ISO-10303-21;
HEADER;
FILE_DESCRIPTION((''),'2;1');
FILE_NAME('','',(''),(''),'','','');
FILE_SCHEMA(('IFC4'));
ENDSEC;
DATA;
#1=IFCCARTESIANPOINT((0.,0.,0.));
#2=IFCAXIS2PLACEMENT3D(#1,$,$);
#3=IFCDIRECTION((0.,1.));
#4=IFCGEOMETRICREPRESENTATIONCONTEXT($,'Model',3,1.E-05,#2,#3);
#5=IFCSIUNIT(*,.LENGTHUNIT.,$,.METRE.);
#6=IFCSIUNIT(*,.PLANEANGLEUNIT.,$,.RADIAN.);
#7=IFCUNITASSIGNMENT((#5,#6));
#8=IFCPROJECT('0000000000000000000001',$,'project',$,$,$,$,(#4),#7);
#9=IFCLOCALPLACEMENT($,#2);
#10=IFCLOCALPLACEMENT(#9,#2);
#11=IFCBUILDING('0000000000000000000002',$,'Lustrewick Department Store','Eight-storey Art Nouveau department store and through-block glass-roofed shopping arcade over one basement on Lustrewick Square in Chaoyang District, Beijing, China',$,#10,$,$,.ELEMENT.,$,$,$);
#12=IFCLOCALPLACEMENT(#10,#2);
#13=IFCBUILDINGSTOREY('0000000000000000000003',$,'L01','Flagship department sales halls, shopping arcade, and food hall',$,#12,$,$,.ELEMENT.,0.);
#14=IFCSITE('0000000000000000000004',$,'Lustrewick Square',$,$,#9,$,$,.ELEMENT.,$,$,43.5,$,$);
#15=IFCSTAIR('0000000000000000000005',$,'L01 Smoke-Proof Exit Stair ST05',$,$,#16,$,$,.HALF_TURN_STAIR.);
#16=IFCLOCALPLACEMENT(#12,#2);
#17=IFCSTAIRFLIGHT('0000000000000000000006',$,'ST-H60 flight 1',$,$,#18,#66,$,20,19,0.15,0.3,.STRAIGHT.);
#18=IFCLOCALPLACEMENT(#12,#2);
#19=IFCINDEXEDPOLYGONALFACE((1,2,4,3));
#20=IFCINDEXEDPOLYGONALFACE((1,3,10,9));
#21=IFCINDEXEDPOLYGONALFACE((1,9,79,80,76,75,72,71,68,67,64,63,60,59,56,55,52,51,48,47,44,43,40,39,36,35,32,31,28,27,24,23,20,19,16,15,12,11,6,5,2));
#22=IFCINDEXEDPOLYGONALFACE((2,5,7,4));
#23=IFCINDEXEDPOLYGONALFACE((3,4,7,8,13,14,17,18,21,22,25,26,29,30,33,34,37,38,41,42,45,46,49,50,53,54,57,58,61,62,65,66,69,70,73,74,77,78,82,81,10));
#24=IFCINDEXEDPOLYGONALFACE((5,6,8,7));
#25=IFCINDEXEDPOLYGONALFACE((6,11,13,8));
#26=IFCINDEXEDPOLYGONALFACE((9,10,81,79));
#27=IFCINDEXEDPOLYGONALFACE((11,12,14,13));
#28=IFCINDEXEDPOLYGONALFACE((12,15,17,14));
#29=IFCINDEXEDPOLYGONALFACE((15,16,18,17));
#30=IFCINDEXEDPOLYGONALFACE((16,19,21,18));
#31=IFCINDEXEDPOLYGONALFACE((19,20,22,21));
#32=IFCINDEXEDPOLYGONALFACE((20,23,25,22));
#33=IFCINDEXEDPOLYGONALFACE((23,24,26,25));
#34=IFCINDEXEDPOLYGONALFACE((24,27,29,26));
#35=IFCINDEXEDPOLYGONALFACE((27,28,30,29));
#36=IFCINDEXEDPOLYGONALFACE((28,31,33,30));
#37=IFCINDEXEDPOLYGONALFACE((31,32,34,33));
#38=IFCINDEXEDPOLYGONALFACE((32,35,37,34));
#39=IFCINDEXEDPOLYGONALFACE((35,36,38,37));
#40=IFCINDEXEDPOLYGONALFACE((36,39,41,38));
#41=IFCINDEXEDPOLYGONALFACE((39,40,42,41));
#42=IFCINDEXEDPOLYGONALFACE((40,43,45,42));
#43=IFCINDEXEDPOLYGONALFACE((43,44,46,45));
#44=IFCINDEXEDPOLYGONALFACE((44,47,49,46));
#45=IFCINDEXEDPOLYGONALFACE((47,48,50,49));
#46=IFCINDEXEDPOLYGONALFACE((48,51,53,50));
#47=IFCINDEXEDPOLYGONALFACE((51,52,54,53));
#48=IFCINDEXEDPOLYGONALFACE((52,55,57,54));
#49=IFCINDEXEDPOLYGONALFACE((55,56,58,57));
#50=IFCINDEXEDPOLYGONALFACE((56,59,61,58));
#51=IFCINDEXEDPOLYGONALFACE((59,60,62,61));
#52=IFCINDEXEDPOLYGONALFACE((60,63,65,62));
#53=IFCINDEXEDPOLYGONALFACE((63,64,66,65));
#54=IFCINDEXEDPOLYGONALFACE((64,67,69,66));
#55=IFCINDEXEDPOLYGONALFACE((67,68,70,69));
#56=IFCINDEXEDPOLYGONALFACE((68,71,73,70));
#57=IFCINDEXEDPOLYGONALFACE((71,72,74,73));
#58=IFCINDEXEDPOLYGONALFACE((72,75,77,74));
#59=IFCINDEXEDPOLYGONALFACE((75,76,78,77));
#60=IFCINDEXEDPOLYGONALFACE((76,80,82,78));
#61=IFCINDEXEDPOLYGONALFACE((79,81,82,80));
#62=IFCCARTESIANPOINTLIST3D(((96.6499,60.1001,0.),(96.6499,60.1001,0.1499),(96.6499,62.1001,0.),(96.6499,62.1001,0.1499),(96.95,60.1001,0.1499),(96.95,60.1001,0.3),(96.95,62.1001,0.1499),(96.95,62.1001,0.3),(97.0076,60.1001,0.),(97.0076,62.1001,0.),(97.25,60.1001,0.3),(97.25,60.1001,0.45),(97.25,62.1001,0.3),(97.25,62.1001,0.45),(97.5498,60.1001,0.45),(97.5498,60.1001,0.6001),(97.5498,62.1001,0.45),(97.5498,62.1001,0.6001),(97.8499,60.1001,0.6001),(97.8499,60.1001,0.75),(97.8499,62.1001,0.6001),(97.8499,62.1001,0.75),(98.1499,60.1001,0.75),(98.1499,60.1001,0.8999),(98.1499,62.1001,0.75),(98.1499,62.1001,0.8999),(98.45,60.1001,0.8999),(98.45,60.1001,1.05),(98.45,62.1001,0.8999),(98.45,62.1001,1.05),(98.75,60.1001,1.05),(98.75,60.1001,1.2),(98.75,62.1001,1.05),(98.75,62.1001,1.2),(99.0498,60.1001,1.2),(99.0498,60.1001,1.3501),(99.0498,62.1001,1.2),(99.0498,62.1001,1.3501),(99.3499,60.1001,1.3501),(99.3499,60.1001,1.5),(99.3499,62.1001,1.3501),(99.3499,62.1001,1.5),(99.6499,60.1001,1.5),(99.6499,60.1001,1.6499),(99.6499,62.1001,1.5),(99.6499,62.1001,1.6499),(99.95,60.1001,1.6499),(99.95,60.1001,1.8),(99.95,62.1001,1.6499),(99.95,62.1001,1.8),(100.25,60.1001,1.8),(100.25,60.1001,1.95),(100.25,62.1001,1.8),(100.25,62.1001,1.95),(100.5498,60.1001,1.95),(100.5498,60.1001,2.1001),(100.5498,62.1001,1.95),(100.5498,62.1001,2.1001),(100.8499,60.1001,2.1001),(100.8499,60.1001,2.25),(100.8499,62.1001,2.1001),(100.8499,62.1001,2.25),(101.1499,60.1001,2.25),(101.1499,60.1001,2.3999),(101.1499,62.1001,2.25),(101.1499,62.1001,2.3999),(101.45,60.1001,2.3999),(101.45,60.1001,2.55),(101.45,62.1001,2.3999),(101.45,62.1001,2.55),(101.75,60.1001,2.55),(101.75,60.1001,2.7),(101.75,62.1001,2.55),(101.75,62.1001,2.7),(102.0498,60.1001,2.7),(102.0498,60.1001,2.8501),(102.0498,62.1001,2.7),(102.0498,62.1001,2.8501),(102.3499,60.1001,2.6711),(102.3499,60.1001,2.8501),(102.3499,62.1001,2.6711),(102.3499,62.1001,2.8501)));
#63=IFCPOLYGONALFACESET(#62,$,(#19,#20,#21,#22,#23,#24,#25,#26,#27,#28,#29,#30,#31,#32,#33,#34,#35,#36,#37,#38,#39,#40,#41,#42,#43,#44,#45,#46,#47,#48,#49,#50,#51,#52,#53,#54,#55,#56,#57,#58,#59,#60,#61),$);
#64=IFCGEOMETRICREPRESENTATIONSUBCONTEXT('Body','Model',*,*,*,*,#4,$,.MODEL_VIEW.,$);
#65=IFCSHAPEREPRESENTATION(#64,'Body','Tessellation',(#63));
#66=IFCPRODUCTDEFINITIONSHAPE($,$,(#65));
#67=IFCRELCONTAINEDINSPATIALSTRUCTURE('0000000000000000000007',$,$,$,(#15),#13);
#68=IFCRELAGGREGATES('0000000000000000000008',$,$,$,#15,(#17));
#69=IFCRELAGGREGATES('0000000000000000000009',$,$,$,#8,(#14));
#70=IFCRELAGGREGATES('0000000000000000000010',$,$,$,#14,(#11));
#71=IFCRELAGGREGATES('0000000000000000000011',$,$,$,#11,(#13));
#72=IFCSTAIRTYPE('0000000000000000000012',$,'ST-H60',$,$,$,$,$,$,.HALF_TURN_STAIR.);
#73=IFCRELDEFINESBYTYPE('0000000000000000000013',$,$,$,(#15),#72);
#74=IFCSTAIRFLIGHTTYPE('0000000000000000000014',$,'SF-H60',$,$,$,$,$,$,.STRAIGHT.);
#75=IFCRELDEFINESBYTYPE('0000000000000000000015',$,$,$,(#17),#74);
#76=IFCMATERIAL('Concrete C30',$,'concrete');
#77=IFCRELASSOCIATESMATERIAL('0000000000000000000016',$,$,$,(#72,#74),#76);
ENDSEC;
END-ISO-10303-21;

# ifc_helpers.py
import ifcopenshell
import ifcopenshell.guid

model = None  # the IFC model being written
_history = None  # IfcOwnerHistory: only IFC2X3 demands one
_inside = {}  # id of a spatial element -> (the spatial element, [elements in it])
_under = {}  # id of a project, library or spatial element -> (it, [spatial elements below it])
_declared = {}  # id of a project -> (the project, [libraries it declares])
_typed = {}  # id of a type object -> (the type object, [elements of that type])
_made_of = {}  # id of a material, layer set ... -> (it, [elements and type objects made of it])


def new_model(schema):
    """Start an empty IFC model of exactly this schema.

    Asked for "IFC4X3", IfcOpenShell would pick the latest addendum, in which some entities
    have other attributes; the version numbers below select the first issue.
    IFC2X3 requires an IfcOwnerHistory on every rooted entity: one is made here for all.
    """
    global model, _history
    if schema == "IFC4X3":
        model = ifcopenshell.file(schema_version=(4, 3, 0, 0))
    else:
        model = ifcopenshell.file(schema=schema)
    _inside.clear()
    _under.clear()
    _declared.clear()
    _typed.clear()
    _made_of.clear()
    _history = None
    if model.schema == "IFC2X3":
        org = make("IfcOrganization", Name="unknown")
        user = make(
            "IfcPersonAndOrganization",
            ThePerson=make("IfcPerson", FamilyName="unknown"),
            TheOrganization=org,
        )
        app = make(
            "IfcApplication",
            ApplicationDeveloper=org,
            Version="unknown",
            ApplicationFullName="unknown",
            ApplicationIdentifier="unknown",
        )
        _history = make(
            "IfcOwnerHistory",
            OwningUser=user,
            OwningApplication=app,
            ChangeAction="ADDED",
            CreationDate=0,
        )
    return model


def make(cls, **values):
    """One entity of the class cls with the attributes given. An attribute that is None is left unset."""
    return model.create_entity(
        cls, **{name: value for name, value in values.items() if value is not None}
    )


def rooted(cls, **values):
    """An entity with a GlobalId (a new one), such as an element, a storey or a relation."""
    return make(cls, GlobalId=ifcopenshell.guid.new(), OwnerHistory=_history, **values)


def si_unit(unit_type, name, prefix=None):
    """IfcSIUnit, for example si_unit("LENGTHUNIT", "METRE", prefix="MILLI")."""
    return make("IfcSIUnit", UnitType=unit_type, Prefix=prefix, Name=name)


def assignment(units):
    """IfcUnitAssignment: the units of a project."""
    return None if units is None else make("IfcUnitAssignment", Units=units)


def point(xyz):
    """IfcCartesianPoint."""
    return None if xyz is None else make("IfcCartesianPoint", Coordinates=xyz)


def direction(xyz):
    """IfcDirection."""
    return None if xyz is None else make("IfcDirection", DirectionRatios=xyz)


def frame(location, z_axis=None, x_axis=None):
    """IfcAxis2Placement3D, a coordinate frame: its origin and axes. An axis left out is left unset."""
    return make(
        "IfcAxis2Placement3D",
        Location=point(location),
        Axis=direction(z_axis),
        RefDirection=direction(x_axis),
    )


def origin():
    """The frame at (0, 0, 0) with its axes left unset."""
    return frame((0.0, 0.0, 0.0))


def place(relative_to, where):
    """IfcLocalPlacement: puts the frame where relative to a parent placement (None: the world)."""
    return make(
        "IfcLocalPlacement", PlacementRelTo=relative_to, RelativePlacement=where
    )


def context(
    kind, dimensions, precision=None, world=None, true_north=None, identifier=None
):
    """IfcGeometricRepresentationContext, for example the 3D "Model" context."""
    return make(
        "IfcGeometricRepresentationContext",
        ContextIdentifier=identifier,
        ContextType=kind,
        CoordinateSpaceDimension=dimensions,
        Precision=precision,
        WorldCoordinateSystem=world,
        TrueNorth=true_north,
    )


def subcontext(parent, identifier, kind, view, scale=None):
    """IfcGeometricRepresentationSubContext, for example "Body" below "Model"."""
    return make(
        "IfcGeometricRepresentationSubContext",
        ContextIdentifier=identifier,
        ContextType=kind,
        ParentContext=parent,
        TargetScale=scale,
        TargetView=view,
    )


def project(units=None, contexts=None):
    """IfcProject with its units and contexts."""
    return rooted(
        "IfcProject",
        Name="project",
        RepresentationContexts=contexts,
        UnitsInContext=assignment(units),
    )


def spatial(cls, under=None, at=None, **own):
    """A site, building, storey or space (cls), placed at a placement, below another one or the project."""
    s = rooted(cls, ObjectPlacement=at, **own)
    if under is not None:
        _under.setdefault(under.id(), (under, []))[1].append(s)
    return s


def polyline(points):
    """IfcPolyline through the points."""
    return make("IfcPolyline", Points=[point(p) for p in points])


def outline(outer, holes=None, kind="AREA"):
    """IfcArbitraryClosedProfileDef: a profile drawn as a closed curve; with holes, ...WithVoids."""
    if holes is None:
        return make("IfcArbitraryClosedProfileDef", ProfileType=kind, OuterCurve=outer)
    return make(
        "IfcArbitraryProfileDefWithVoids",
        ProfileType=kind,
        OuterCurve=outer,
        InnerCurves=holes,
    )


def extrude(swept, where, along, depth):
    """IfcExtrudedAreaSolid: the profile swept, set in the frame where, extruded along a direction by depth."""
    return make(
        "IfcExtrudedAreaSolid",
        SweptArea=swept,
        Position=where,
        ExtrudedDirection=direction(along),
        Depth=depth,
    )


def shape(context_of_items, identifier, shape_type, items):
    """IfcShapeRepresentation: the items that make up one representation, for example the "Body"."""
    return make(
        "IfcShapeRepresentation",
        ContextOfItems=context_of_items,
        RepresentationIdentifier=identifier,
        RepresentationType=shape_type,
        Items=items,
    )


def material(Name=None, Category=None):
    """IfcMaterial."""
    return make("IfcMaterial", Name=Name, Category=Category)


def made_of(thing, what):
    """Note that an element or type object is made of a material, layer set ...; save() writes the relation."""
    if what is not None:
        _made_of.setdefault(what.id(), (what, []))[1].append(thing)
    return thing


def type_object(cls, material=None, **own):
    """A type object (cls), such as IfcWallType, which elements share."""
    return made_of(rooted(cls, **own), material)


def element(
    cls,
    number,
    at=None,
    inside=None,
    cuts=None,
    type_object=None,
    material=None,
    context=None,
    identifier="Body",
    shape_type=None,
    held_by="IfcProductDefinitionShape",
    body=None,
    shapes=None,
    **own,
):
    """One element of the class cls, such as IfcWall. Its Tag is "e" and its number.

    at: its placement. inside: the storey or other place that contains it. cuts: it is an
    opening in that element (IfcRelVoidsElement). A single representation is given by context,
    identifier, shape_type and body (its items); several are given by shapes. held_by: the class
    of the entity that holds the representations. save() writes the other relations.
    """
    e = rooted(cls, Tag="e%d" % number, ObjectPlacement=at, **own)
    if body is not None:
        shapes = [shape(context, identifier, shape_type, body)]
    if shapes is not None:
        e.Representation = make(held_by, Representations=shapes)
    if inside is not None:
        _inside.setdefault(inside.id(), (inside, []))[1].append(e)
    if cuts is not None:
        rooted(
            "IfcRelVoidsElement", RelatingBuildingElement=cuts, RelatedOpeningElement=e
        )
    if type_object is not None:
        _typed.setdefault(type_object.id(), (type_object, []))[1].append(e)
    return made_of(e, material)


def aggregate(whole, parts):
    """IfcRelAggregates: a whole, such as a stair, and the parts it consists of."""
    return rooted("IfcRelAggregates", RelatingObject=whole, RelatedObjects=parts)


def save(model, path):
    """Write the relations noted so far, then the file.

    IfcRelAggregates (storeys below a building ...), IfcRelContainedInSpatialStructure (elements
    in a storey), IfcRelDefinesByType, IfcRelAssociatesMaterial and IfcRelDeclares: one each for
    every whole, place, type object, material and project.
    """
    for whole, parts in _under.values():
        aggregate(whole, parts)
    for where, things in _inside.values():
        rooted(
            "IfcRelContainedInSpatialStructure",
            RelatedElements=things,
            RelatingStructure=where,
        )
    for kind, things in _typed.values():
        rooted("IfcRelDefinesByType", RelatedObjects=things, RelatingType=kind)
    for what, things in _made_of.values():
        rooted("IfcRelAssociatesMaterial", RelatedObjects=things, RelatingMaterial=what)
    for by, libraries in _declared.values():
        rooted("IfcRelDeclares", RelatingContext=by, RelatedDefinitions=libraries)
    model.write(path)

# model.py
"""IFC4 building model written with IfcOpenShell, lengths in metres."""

from ifc_helpers import new_model, si_unit, direction, frame, origin, place, context, subcontext, project, spatial, polyline, outline, extrude, material, type_object, element, aggregate, save


model = new_model("IFC4")

# Units and contexts
model_context = context("Model", 3, precision=1e-05, world=origin(), true_north=direction((0.0, 1.0)))
body_context = subcontext(model_context, "Body", "Model", "MODEL_VIEW")
ifc_project = project(units=[si_unit("LENGTHUNIT", "METRE"), si_unit("PLANEANGLEUNIT", "RADIAN")], contexts=[model_context])

# Site, building, storey
site_placement = place(None, origin())
site = spatial("IfcSite", under=ifc_project, at=site_placement, Name="Lustrewick Square", CompositionType="ELEMENT", RefElevation=43.5)
building_placement = place(site_placement, origin())
building = spatial("IfcBuilding", under=site, at=building_placement, Name="Lustrewick Department Store", Description="Eight-storey Art Nouveau department store and through-block glass-roofed shopping arcade over one basement on Lustrewick Square in Chaoyang District, Beijing, China", CompositionType="ELEMENT")
storey_placement = place(building_placement, origin())
storey = spatial("IfcBuildingStorey", under=building, at=storey_placement, Name="L01", Description="Flagship department sales halls, shopping arcade, and food hall", CompositionType="ELEMENT", Elevation=0.0)

# Stair, stair flight
ifc_material_1 = material(Name="Concrete C30", Category="concrete")
stair_type = type_object("IfcStairType", Name="ST-H60", PredefinedType="HALF_TURN_STAIR", material=ifc_material_1)
stair_placement = place(storey_placement, origin())
stair = element("IfcStair", 1, at=stair_placement, inside=storey, type_object=stair_type, Name="L01 Smoke-Proof Exit Stair ST05", PredefinedType="HALF_TURN_STAIR")
stair_flight_type = type_object("IfcStairFlightType", Name="SF-H60", PredefinedType="STRAIGHT", material=ifc_material_1)
stair_flight_placement = place(storey_placement, frame((96.6499, 61.1001, 0.0), z_axis=(0.0, 0.0, 1.0), x_axis=(1.0, 0.0, 0.0)))
stair_flight = element("IfcStairFlight", 2, at=stair_flight_placement, type_object=stair_flight_type, Name="ST-H60 flight 1", NumberOfRisers=20, NumberOfTreads=19, PredefinedType="STRAIGHT", RiserHeight=0.15, TreadLength=0.3, context=body_context, shape_type="SweptSolid", body=[
    extrude(outline(polyline([(0.0, 0.0), (0.0, 0.1499), (0.3, 0.1499), (0.3, 0.3), (0.6001, 0.3), (0.6001, 0.45), (0.8999, 0.45), (0.8999, 0.6001), (1.2, 0.6001), (1.2, 0.75), (1.5, 0.75), (1.5, 0.8999), (1.8, 0.8999), (1.8, 1.05), (2.1001, 1.05), (2.1001, 1.2), (2.3999, 1.2), (2.3999, 1.3501), (2.7, 1.3501), (2.7, 1.5), (3.0, 1.5), (3.0, 1.6499), (3.3, 1.6499), (3.3, 1.8), (3.6001, 1.8), (3.6001, 1.95), (3.8999, 1.95), (3.8999, 2.1001), (4.2, 2.1001), (4.2, 2.25), (4.5, 2.25), (4.5, 2.3999), (4.8, 2.3999), (4.8, 2.55), (5.1001, 2.55), (5.1001, 2.7), (5.3999, 2.7), (5.3999, 2.8501), (5.7, 2.8501), (5.7, 3.0), (5.7, 2.6711), (0.3577, 0.0), (0.0, 0.0)])), frame((0.0, 1.0, 0.0), z_axis=(0.0, -1.0, 0.0), x_axis=(1.0, 0.0, 0.0)), (0.0, 0.0, 1.0), 2.0),
])
aggregate(stair, [stair_flight])

save(model, "model.ifc")
